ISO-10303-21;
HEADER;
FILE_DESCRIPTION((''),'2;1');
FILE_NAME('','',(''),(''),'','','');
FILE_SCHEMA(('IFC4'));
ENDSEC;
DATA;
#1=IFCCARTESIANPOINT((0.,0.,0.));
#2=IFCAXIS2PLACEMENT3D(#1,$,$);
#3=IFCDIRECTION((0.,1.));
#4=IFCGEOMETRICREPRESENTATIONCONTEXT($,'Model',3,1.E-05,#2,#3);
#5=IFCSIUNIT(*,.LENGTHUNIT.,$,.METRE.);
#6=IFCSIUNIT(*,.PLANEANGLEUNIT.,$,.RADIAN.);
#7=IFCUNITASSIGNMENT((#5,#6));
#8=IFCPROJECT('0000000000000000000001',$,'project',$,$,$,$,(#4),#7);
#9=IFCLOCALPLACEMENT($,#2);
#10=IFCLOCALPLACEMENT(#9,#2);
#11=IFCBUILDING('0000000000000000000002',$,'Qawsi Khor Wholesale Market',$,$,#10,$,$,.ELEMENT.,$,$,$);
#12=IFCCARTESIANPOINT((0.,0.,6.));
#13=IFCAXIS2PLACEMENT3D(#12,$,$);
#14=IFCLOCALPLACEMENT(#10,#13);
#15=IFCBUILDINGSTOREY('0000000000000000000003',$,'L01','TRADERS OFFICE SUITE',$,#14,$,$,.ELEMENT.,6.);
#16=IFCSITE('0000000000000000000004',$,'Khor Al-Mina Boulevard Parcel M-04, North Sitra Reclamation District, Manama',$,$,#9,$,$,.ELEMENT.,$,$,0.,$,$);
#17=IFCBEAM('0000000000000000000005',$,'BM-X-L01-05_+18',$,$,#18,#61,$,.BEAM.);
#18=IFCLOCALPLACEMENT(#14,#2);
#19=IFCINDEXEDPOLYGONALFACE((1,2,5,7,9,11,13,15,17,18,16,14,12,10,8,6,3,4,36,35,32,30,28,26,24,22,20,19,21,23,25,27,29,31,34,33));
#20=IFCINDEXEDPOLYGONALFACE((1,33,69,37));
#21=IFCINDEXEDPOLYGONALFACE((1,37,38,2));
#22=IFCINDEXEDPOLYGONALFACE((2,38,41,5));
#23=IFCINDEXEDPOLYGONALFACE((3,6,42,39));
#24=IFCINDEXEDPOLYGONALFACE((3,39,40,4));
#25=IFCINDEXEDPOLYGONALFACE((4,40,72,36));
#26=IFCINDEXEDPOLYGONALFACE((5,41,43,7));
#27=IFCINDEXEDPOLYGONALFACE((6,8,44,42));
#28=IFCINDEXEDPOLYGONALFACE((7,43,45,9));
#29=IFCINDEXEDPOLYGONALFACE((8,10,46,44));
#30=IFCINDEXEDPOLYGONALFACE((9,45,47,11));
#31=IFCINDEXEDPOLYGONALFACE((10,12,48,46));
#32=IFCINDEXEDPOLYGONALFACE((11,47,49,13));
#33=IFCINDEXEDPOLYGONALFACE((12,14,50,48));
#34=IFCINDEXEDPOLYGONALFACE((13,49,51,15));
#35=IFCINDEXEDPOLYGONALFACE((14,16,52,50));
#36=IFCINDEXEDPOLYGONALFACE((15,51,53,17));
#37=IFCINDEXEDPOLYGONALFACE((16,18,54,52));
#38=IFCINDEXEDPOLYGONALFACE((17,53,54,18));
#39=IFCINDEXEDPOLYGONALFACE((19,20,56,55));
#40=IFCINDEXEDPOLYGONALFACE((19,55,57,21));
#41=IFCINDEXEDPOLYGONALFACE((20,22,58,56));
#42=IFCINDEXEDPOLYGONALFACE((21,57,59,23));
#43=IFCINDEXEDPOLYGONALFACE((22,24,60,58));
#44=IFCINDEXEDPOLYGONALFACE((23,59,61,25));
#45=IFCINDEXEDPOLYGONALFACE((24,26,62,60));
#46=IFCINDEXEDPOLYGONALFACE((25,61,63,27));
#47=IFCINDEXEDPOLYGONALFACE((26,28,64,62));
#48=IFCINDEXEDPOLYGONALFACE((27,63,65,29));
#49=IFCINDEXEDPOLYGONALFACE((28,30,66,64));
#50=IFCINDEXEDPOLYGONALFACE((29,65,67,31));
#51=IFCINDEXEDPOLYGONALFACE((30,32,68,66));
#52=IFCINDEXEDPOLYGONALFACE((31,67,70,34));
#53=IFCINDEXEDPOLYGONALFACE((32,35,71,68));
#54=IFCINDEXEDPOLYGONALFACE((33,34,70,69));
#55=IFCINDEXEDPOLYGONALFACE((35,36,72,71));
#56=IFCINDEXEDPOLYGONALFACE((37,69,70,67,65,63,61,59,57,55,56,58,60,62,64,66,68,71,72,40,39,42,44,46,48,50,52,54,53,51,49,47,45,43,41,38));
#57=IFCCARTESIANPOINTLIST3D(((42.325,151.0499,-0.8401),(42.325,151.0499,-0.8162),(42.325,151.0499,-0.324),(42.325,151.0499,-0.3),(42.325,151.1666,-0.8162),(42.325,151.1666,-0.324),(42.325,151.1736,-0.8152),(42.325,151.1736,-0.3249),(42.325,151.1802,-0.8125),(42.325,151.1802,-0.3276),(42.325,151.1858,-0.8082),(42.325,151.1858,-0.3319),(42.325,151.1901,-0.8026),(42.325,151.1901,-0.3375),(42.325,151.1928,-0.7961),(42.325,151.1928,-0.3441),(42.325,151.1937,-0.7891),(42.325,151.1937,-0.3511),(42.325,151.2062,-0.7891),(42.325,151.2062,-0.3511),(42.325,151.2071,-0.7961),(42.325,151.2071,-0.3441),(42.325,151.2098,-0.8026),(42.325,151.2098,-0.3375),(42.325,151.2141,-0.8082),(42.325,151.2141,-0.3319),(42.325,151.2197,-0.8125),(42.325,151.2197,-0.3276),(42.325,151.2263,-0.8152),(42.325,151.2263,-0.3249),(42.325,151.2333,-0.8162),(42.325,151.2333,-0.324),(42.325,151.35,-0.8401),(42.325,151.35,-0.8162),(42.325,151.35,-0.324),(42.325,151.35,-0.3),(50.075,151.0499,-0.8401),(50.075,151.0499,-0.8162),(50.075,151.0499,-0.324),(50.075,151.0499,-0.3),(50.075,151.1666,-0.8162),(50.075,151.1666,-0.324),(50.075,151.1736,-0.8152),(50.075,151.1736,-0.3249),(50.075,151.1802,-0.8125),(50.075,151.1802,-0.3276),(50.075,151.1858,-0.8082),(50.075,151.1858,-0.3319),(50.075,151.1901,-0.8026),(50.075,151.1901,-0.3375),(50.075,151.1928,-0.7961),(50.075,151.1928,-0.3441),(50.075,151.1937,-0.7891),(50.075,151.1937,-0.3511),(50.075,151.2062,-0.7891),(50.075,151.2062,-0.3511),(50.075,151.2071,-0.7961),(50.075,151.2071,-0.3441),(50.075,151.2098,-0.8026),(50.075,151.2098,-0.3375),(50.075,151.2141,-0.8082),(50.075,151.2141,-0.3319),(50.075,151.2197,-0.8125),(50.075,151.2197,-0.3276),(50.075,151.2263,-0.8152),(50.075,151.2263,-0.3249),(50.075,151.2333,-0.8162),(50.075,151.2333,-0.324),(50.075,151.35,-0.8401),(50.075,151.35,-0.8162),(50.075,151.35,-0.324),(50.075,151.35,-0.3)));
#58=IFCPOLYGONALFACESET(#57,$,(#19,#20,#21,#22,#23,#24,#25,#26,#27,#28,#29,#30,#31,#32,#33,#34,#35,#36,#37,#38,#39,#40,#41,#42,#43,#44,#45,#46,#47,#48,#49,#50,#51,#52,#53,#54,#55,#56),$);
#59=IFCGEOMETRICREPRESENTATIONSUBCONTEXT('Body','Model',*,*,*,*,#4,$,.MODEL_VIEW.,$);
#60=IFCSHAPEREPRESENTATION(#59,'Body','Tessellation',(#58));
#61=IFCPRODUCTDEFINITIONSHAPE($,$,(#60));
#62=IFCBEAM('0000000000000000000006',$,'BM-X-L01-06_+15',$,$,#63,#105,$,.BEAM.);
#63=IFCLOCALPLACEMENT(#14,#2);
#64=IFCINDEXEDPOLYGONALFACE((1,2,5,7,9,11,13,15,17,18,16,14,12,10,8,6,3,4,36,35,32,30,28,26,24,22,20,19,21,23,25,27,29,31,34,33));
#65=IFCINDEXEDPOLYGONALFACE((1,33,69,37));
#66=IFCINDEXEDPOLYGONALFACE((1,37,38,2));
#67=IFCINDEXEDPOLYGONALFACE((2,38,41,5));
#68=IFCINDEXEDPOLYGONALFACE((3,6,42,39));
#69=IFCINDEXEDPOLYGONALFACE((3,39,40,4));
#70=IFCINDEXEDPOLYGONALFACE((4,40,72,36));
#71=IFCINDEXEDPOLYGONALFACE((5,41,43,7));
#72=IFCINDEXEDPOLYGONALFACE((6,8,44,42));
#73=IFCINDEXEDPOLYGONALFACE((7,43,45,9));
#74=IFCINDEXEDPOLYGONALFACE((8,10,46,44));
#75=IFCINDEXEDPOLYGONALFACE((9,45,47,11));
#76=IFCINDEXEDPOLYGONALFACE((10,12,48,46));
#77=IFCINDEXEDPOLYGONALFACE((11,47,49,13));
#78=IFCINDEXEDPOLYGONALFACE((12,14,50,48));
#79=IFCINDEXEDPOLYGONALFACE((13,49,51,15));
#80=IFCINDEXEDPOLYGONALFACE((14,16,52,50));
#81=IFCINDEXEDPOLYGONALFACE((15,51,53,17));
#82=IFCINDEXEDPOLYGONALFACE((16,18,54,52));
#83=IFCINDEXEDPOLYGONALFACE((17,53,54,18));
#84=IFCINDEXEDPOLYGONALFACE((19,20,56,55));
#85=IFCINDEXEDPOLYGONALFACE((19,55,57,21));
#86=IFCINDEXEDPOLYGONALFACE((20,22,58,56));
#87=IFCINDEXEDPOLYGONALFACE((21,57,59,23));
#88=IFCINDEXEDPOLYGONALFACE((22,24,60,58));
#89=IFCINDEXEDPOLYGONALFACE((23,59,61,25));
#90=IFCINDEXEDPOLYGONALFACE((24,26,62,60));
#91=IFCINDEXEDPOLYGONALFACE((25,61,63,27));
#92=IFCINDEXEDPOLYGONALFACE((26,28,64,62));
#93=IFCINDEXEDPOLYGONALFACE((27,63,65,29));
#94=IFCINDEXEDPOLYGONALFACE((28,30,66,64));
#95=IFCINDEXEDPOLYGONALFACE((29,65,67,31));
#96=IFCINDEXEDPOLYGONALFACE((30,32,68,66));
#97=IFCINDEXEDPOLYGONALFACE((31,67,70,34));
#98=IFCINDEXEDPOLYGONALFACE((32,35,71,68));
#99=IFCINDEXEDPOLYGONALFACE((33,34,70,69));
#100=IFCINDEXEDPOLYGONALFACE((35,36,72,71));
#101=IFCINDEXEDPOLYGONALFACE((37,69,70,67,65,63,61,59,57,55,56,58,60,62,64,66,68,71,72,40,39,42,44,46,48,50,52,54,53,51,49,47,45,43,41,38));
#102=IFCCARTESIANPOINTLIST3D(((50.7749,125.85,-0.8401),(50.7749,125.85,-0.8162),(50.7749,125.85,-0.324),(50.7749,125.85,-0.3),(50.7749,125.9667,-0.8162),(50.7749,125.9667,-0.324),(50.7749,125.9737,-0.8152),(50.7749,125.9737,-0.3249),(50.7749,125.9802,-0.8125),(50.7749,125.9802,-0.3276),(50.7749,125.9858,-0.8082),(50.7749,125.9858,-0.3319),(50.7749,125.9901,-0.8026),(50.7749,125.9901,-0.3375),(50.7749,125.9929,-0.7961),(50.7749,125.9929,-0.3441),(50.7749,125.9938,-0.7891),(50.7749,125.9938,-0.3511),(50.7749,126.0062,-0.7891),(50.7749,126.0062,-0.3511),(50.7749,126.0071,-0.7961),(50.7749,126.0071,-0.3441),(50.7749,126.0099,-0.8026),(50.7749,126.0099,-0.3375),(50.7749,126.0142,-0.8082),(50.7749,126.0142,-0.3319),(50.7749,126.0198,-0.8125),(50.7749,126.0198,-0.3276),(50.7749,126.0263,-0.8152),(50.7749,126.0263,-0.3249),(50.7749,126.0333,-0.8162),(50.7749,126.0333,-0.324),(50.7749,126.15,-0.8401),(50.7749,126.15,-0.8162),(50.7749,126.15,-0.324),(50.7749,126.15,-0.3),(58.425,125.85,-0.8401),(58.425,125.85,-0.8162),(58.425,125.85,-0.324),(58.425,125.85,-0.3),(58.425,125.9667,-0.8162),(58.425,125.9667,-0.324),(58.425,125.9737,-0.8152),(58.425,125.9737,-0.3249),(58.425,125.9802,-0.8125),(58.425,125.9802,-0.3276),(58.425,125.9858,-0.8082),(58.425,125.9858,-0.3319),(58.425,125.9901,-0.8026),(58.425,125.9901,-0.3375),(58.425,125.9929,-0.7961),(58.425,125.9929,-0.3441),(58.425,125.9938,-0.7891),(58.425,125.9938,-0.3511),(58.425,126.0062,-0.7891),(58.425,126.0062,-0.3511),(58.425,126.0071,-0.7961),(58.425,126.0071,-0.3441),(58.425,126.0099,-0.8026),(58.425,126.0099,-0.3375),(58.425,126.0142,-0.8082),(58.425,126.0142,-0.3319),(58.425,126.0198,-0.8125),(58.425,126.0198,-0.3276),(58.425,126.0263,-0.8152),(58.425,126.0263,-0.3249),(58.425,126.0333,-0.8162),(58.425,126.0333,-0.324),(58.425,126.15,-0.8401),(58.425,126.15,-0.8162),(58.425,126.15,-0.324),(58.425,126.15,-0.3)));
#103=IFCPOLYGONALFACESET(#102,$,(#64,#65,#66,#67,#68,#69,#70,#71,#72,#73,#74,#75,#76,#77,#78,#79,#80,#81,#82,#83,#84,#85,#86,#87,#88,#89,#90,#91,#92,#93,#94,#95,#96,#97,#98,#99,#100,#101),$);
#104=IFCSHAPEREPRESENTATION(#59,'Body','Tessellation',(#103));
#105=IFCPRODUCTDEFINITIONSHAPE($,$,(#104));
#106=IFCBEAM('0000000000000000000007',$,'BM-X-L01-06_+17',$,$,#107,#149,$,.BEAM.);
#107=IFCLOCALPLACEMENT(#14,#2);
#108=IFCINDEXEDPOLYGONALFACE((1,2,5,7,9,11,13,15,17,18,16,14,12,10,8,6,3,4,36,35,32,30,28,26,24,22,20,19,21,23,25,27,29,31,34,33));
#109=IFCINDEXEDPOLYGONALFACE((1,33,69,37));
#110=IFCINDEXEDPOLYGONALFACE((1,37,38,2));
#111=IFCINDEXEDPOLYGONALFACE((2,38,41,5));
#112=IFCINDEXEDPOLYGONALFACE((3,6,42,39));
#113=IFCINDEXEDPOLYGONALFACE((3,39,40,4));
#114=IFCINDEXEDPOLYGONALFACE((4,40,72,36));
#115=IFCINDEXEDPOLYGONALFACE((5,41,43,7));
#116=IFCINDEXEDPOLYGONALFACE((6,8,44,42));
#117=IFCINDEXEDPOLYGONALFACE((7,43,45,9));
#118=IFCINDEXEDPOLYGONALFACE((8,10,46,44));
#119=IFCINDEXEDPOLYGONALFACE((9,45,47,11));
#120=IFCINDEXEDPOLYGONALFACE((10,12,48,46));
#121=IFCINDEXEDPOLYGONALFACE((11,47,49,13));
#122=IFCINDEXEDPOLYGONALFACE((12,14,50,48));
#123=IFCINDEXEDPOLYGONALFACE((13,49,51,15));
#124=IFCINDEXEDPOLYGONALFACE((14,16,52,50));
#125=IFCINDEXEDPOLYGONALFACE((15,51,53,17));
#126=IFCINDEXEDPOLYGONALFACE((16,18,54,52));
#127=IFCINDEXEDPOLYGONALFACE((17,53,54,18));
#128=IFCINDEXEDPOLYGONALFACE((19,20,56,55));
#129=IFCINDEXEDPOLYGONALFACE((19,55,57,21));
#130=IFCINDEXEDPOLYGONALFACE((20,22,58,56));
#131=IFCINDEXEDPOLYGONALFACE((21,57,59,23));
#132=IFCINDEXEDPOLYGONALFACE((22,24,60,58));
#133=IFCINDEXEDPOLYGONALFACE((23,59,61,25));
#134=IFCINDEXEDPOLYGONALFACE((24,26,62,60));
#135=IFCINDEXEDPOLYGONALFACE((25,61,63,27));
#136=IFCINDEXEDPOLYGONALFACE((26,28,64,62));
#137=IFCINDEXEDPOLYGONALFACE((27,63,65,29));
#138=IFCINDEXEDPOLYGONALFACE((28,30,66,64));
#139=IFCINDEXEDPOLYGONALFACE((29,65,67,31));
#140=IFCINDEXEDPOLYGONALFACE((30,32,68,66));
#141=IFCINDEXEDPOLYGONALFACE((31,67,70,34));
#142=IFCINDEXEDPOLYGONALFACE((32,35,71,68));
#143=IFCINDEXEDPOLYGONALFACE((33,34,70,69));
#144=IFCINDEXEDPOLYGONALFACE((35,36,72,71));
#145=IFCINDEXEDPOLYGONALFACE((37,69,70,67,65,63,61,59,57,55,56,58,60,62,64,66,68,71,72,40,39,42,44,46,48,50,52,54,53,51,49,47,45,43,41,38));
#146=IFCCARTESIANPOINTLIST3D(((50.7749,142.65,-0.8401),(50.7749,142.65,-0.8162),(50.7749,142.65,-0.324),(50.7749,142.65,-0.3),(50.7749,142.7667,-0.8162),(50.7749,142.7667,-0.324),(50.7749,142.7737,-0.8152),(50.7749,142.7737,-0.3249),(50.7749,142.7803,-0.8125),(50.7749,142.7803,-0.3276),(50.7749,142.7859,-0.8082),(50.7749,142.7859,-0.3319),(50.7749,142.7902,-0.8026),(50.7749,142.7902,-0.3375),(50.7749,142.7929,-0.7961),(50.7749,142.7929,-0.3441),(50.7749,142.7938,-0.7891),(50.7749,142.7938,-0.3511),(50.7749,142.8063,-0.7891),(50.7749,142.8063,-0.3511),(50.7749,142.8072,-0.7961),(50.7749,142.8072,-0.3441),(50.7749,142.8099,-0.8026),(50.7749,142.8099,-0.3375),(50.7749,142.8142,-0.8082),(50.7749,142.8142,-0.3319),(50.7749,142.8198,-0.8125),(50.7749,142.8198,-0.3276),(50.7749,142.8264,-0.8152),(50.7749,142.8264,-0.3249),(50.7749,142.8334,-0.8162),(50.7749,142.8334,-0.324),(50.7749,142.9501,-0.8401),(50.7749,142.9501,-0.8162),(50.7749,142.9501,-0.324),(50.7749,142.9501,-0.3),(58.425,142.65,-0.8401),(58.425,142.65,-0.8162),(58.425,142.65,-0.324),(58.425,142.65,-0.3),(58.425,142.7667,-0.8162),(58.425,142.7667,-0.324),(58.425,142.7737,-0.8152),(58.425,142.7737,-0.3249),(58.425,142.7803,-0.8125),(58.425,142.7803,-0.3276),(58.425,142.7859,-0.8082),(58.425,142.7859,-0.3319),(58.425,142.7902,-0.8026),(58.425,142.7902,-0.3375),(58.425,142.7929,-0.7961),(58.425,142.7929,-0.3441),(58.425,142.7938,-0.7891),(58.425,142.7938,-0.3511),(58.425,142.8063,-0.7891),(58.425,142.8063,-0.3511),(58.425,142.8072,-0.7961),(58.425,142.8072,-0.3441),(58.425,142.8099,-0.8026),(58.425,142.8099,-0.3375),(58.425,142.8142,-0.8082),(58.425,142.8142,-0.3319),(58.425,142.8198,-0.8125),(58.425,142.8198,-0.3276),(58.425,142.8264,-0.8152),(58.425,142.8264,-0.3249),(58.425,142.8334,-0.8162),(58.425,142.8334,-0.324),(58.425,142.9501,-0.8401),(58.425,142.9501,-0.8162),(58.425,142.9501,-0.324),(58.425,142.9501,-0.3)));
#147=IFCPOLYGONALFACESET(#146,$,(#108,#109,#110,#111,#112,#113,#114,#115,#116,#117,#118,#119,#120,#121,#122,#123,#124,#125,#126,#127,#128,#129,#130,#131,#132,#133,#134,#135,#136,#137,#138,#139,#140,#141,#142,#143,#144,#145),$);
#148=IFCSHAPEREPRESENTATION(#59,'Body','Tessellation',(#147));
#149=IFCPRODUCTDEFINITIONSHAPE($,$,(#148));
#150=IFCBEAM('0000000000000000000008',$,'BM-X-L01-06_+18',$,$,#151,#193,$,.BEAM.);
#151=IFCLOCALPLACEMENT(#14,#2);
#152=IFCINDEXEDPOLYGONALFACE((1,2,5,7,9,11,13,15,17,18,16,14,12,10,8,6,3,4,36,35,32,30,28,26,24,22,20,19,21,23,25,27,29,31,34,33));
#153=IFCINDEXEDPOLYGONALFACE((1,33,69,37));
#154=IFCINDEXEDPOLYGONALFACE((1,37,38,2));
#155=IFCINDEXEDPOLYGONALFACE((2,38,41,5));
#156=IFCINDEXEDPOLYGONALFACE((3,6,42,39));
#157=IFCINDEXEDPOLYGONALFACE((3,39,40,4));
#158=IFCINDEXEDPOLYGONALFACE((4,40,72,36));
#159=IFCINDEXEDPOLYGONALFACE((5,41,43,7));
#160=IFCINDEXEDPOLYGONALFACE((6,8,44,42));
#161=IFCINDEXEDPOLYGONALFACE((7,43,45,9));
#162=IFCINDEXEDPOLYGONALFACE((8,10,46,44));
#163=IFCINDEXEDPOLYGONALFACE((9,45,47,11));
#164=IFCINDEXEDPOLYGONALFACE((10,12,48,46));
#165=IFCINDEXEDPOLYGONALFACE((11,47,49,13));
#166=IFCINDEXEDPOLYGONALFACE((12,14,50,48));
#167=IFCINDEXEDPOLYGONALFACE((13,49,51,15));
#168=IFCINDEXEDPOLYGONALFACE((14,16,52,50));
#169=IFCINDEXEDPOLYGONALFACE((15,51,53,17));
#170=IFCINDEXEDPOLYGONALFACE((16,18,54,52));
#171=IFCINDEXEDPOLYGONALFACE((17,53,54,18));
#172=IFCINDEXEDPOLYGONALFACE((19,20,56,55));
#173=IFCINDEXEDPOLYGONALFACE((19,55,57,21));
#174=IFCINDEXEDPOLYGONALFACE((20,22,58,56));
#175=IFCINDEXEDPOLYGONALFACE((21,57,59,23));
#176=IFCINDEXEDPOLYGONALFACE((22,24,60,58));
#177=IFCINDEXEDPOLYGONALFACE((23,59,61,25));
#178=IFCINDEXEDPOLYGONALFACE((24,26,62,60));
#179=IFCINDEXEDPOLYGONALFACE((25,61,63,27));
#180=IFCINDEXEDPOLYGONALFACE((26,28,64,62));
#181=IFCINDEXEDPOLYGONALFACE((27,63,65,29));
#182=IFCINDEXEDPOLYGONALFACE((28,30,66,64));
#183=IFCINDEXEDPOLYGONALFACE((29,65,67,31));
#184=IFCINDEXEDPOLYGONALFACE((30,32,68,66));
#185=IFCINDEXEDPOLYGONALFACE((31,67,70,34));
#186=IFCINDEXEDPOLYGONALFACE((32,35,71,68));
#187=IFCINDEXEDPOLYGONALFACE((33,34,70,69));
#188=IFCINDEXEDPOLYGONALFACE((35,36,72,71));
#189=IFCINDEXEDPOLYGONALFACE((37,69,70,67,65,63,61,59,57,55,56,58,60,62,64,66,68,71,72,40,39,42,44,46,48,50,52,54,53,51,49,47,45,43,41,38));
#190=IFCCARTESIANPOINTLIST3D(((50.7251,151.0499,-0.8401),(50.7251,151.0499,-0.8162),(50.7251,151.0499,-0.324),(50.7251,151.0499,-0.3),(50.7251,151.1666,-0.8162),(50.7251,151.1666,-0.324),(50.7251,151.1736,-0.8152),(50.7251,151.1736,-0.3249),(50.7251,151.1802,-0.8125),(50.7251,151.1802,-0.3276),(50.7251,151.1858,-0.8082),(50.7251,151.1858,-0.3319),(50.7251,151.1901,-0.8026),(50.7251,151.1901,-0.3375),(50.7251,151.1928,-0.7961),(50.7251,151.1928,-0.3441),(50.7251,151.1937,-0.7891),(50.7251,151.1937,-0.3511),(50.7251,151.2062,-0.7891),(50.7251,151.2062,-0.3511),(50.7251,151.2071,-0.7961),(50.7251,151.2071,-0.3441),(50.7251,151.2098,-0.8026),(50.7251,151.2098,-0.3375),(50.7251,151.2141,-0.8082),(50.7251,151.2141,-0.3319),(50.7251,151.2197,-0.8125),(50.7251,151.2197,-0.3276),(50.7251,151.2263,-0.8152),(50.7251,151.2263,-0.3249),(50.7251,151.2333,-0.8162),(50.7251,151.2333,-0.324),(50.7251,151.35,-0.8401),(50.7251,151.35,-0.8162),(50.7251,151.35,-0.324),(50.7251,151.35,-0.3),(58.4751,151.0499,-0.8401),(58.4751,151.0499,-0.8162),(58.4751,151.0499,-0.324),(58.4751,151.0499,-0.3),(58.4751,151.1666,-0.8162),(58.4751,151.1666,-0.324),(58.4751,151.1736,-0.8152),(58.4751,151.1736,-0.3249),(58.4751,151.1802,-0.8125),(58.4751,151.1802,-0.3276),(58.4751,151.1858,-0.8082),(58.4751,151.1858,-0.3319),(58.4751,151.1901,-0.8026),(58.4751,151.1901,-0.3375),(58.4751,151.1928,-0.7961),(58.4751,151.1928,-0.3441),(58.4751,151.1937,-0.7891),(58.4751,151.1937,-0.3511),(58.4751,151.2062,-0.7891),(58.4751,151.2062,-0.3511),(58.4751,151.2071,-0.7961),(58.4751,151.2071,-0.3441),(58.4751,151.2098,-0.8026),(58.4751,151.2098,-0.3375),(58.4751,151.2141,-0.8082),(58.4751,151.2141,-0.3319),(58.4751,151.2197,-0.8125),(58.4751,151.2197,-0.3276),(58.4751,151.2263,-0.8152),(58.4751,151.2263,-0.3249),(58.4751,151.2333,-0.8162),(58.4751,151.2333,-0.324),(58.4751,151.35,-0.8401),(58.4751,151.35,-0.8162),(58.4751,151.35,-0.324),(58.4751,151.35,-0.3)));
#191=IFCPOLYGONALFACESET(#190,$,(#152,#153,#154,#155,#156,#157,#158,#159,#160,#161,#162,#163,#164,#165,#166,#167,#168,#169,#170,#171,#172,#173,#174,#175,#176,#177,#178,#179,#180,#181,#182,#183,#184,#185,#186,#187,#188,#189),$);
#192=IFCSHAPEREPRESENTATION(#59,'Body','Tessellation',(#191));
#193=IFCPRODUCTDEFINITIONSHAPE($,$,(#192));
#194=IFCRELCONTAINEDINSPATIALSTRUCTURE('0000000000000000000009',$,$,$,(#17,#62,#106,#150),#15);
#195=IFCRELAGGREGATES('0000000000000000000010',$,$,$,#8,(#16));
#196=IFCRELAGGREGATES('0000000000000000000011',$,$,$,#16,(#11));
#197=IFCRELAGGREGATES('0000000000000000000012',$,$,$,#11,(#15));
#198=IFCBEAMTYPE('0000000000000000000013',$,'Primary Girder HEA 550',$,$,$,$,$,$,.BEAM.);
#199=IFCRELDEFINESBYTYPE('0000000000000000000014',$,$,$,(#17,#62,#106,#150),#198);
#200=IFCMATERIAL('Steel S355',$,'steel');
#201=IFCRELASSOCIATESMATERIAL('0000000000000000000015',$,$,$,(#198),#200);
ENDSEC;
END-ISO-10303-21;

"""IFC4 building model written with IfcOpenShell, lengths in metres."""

from ifc_helpers import new_model, si_unit, direction, frame, origin, origin_2d, place, context, subcontext, project, spatial, i_section, extrude, material, material_profile, profile_set, type_object, element, save


model = new_model("IFC4")

# Units and contexts
model_context = context("Model", 3, precision=1e-05, world=origin(), true_north=direction((0.0, 1.0)))
body_context = subcontext(model_context, "Body", "Model", "MODEL_VIEW")
ifc_project = project(units=[si_unit("LENGTHUNIT", "METRE"), si_unit("PLANEANGLEUNIT", "RADIAN")], contexts=[model_context])

# Site, building, storey
site_placement = place(None, origin())
site = spatial("IfcSite", under=ifc_project, at=site_placement, Name="Khor Al-Mina Boulevard Parcel M-04, North Sitra Reclamation District, Manama", CompositionType="ELEMENT", RefElevation=0.0)
building_placement = place(site_placement, origin())
building = spatial("IfcBuilding", under=site, at=building_placement, Name="Qawsi Khor Wholesale Market", CompositionType="ELEMENT")
storey_placement = place(building_placement, frame((0.0, 0.0, 6.0)))
storey = spatial("IfcBuildingStorey", under=building, at=storey_placement, Name="L01", Description="TRADERS OFFICE SUITE", CompositionType="ELEMENT", Elevation=6.0)

# Beams
ifc_material_1 = material(Name="Steel S355", Category="steel")
ifc_material_profile_1 = material_profile(ifc_material_1, i_section(OverallWidth=0.3, OverallDepth=0.54, WebThickness=0.0125, FlangeThickness=0.0239, FilletRadius=0.0271, at=origin_2d()), Name="HEA 550")
ifc_profile_set_1 = profile_set([ifc_material_profile_1], Name="Steel S355")
beam_type_1 = type_object("IfcBeamType", Name="Primary Girder HEA 550", PredefinedType="BEAM", material=ifc_profile_set_1)
beam_1_placement = place(storey_placement, frame((42.325, 151.2, -0.5701), z_axis=(1.0, 0.0, 0.0), x_axis=(0.0, 1.0, 0.0)))
element("IfcBeam", 1, at=beam_1_placement, inside=storey, type_object=beam_type_1, Name="BM-X-L01-05_+18", PredefinedType="BEAM", context=body_context, shape_type="SweptSolid", body=[
    extrude(i_section(OverallWidth=0.3, OverallDepth=0.54, WebThickness=0.0125, FlangeThickness=0.0239, FilletRadius=0.0271, at=origin_2d()), origin(), (0.0, 0.0, 1.0), 7.75),
])
for number, where, z_axis, x_axis, name in (
    (2, (50.7749, 126.0, -0.5701), (1.0, 0.0, 0.0), (0.0, 1.0, 0.0), "BM-X-L01-06_+15"),
    (3, (50.7749, 142.8, -0.5701), (1.0, 0.0, 0.0), (0.0, 1.0, 0.0), "BM-X-L01-06_+17"),
):
    element("IfcBeam", number, at=place(storey_placement, frame(where, z_axis=z_axis, x_axis=x_axis)), inside=storey, type_object=beam_type_1, Name=name, PredefinedType="BEAM", context=body_context, shape_type="SweptSolid", body=[
        extrude(i_section(OverallWidth=0.3, OverallDepth=0.54, WebThickness=0.0125, FlangeThickness=0.0239, FilletRadius=0.0271, at=origin_2d()), origin(), (0.0, 0.0, 1.0), 7.6501),
    ])
beam_2_placement = place(storey_placement, frame((50.7251, 151.2, -0.5701), z_axis=(1.0, 0.0, 0.0), x_axis=(0.0, 1.0, 0.0)))
element("IfcBeam", 4, at=beam_2_placement, inside=storey, type_object=beam_type_1, Name="BM-X-L01-06_+18", PredefinedType="BEAM", context=body_context, shape_type="SweptSolid", body=[
    extrude(i_section(OverallWidth=0.3, OverallDepth=0.54, WebThickness=0.0125, FlangeThickness=0.0239, FilletRadius=0.0271, at=origin_2d()), origin(), (0.0, 0.0, 1.0), 7.75),
])

save(model, "model.ifc")
